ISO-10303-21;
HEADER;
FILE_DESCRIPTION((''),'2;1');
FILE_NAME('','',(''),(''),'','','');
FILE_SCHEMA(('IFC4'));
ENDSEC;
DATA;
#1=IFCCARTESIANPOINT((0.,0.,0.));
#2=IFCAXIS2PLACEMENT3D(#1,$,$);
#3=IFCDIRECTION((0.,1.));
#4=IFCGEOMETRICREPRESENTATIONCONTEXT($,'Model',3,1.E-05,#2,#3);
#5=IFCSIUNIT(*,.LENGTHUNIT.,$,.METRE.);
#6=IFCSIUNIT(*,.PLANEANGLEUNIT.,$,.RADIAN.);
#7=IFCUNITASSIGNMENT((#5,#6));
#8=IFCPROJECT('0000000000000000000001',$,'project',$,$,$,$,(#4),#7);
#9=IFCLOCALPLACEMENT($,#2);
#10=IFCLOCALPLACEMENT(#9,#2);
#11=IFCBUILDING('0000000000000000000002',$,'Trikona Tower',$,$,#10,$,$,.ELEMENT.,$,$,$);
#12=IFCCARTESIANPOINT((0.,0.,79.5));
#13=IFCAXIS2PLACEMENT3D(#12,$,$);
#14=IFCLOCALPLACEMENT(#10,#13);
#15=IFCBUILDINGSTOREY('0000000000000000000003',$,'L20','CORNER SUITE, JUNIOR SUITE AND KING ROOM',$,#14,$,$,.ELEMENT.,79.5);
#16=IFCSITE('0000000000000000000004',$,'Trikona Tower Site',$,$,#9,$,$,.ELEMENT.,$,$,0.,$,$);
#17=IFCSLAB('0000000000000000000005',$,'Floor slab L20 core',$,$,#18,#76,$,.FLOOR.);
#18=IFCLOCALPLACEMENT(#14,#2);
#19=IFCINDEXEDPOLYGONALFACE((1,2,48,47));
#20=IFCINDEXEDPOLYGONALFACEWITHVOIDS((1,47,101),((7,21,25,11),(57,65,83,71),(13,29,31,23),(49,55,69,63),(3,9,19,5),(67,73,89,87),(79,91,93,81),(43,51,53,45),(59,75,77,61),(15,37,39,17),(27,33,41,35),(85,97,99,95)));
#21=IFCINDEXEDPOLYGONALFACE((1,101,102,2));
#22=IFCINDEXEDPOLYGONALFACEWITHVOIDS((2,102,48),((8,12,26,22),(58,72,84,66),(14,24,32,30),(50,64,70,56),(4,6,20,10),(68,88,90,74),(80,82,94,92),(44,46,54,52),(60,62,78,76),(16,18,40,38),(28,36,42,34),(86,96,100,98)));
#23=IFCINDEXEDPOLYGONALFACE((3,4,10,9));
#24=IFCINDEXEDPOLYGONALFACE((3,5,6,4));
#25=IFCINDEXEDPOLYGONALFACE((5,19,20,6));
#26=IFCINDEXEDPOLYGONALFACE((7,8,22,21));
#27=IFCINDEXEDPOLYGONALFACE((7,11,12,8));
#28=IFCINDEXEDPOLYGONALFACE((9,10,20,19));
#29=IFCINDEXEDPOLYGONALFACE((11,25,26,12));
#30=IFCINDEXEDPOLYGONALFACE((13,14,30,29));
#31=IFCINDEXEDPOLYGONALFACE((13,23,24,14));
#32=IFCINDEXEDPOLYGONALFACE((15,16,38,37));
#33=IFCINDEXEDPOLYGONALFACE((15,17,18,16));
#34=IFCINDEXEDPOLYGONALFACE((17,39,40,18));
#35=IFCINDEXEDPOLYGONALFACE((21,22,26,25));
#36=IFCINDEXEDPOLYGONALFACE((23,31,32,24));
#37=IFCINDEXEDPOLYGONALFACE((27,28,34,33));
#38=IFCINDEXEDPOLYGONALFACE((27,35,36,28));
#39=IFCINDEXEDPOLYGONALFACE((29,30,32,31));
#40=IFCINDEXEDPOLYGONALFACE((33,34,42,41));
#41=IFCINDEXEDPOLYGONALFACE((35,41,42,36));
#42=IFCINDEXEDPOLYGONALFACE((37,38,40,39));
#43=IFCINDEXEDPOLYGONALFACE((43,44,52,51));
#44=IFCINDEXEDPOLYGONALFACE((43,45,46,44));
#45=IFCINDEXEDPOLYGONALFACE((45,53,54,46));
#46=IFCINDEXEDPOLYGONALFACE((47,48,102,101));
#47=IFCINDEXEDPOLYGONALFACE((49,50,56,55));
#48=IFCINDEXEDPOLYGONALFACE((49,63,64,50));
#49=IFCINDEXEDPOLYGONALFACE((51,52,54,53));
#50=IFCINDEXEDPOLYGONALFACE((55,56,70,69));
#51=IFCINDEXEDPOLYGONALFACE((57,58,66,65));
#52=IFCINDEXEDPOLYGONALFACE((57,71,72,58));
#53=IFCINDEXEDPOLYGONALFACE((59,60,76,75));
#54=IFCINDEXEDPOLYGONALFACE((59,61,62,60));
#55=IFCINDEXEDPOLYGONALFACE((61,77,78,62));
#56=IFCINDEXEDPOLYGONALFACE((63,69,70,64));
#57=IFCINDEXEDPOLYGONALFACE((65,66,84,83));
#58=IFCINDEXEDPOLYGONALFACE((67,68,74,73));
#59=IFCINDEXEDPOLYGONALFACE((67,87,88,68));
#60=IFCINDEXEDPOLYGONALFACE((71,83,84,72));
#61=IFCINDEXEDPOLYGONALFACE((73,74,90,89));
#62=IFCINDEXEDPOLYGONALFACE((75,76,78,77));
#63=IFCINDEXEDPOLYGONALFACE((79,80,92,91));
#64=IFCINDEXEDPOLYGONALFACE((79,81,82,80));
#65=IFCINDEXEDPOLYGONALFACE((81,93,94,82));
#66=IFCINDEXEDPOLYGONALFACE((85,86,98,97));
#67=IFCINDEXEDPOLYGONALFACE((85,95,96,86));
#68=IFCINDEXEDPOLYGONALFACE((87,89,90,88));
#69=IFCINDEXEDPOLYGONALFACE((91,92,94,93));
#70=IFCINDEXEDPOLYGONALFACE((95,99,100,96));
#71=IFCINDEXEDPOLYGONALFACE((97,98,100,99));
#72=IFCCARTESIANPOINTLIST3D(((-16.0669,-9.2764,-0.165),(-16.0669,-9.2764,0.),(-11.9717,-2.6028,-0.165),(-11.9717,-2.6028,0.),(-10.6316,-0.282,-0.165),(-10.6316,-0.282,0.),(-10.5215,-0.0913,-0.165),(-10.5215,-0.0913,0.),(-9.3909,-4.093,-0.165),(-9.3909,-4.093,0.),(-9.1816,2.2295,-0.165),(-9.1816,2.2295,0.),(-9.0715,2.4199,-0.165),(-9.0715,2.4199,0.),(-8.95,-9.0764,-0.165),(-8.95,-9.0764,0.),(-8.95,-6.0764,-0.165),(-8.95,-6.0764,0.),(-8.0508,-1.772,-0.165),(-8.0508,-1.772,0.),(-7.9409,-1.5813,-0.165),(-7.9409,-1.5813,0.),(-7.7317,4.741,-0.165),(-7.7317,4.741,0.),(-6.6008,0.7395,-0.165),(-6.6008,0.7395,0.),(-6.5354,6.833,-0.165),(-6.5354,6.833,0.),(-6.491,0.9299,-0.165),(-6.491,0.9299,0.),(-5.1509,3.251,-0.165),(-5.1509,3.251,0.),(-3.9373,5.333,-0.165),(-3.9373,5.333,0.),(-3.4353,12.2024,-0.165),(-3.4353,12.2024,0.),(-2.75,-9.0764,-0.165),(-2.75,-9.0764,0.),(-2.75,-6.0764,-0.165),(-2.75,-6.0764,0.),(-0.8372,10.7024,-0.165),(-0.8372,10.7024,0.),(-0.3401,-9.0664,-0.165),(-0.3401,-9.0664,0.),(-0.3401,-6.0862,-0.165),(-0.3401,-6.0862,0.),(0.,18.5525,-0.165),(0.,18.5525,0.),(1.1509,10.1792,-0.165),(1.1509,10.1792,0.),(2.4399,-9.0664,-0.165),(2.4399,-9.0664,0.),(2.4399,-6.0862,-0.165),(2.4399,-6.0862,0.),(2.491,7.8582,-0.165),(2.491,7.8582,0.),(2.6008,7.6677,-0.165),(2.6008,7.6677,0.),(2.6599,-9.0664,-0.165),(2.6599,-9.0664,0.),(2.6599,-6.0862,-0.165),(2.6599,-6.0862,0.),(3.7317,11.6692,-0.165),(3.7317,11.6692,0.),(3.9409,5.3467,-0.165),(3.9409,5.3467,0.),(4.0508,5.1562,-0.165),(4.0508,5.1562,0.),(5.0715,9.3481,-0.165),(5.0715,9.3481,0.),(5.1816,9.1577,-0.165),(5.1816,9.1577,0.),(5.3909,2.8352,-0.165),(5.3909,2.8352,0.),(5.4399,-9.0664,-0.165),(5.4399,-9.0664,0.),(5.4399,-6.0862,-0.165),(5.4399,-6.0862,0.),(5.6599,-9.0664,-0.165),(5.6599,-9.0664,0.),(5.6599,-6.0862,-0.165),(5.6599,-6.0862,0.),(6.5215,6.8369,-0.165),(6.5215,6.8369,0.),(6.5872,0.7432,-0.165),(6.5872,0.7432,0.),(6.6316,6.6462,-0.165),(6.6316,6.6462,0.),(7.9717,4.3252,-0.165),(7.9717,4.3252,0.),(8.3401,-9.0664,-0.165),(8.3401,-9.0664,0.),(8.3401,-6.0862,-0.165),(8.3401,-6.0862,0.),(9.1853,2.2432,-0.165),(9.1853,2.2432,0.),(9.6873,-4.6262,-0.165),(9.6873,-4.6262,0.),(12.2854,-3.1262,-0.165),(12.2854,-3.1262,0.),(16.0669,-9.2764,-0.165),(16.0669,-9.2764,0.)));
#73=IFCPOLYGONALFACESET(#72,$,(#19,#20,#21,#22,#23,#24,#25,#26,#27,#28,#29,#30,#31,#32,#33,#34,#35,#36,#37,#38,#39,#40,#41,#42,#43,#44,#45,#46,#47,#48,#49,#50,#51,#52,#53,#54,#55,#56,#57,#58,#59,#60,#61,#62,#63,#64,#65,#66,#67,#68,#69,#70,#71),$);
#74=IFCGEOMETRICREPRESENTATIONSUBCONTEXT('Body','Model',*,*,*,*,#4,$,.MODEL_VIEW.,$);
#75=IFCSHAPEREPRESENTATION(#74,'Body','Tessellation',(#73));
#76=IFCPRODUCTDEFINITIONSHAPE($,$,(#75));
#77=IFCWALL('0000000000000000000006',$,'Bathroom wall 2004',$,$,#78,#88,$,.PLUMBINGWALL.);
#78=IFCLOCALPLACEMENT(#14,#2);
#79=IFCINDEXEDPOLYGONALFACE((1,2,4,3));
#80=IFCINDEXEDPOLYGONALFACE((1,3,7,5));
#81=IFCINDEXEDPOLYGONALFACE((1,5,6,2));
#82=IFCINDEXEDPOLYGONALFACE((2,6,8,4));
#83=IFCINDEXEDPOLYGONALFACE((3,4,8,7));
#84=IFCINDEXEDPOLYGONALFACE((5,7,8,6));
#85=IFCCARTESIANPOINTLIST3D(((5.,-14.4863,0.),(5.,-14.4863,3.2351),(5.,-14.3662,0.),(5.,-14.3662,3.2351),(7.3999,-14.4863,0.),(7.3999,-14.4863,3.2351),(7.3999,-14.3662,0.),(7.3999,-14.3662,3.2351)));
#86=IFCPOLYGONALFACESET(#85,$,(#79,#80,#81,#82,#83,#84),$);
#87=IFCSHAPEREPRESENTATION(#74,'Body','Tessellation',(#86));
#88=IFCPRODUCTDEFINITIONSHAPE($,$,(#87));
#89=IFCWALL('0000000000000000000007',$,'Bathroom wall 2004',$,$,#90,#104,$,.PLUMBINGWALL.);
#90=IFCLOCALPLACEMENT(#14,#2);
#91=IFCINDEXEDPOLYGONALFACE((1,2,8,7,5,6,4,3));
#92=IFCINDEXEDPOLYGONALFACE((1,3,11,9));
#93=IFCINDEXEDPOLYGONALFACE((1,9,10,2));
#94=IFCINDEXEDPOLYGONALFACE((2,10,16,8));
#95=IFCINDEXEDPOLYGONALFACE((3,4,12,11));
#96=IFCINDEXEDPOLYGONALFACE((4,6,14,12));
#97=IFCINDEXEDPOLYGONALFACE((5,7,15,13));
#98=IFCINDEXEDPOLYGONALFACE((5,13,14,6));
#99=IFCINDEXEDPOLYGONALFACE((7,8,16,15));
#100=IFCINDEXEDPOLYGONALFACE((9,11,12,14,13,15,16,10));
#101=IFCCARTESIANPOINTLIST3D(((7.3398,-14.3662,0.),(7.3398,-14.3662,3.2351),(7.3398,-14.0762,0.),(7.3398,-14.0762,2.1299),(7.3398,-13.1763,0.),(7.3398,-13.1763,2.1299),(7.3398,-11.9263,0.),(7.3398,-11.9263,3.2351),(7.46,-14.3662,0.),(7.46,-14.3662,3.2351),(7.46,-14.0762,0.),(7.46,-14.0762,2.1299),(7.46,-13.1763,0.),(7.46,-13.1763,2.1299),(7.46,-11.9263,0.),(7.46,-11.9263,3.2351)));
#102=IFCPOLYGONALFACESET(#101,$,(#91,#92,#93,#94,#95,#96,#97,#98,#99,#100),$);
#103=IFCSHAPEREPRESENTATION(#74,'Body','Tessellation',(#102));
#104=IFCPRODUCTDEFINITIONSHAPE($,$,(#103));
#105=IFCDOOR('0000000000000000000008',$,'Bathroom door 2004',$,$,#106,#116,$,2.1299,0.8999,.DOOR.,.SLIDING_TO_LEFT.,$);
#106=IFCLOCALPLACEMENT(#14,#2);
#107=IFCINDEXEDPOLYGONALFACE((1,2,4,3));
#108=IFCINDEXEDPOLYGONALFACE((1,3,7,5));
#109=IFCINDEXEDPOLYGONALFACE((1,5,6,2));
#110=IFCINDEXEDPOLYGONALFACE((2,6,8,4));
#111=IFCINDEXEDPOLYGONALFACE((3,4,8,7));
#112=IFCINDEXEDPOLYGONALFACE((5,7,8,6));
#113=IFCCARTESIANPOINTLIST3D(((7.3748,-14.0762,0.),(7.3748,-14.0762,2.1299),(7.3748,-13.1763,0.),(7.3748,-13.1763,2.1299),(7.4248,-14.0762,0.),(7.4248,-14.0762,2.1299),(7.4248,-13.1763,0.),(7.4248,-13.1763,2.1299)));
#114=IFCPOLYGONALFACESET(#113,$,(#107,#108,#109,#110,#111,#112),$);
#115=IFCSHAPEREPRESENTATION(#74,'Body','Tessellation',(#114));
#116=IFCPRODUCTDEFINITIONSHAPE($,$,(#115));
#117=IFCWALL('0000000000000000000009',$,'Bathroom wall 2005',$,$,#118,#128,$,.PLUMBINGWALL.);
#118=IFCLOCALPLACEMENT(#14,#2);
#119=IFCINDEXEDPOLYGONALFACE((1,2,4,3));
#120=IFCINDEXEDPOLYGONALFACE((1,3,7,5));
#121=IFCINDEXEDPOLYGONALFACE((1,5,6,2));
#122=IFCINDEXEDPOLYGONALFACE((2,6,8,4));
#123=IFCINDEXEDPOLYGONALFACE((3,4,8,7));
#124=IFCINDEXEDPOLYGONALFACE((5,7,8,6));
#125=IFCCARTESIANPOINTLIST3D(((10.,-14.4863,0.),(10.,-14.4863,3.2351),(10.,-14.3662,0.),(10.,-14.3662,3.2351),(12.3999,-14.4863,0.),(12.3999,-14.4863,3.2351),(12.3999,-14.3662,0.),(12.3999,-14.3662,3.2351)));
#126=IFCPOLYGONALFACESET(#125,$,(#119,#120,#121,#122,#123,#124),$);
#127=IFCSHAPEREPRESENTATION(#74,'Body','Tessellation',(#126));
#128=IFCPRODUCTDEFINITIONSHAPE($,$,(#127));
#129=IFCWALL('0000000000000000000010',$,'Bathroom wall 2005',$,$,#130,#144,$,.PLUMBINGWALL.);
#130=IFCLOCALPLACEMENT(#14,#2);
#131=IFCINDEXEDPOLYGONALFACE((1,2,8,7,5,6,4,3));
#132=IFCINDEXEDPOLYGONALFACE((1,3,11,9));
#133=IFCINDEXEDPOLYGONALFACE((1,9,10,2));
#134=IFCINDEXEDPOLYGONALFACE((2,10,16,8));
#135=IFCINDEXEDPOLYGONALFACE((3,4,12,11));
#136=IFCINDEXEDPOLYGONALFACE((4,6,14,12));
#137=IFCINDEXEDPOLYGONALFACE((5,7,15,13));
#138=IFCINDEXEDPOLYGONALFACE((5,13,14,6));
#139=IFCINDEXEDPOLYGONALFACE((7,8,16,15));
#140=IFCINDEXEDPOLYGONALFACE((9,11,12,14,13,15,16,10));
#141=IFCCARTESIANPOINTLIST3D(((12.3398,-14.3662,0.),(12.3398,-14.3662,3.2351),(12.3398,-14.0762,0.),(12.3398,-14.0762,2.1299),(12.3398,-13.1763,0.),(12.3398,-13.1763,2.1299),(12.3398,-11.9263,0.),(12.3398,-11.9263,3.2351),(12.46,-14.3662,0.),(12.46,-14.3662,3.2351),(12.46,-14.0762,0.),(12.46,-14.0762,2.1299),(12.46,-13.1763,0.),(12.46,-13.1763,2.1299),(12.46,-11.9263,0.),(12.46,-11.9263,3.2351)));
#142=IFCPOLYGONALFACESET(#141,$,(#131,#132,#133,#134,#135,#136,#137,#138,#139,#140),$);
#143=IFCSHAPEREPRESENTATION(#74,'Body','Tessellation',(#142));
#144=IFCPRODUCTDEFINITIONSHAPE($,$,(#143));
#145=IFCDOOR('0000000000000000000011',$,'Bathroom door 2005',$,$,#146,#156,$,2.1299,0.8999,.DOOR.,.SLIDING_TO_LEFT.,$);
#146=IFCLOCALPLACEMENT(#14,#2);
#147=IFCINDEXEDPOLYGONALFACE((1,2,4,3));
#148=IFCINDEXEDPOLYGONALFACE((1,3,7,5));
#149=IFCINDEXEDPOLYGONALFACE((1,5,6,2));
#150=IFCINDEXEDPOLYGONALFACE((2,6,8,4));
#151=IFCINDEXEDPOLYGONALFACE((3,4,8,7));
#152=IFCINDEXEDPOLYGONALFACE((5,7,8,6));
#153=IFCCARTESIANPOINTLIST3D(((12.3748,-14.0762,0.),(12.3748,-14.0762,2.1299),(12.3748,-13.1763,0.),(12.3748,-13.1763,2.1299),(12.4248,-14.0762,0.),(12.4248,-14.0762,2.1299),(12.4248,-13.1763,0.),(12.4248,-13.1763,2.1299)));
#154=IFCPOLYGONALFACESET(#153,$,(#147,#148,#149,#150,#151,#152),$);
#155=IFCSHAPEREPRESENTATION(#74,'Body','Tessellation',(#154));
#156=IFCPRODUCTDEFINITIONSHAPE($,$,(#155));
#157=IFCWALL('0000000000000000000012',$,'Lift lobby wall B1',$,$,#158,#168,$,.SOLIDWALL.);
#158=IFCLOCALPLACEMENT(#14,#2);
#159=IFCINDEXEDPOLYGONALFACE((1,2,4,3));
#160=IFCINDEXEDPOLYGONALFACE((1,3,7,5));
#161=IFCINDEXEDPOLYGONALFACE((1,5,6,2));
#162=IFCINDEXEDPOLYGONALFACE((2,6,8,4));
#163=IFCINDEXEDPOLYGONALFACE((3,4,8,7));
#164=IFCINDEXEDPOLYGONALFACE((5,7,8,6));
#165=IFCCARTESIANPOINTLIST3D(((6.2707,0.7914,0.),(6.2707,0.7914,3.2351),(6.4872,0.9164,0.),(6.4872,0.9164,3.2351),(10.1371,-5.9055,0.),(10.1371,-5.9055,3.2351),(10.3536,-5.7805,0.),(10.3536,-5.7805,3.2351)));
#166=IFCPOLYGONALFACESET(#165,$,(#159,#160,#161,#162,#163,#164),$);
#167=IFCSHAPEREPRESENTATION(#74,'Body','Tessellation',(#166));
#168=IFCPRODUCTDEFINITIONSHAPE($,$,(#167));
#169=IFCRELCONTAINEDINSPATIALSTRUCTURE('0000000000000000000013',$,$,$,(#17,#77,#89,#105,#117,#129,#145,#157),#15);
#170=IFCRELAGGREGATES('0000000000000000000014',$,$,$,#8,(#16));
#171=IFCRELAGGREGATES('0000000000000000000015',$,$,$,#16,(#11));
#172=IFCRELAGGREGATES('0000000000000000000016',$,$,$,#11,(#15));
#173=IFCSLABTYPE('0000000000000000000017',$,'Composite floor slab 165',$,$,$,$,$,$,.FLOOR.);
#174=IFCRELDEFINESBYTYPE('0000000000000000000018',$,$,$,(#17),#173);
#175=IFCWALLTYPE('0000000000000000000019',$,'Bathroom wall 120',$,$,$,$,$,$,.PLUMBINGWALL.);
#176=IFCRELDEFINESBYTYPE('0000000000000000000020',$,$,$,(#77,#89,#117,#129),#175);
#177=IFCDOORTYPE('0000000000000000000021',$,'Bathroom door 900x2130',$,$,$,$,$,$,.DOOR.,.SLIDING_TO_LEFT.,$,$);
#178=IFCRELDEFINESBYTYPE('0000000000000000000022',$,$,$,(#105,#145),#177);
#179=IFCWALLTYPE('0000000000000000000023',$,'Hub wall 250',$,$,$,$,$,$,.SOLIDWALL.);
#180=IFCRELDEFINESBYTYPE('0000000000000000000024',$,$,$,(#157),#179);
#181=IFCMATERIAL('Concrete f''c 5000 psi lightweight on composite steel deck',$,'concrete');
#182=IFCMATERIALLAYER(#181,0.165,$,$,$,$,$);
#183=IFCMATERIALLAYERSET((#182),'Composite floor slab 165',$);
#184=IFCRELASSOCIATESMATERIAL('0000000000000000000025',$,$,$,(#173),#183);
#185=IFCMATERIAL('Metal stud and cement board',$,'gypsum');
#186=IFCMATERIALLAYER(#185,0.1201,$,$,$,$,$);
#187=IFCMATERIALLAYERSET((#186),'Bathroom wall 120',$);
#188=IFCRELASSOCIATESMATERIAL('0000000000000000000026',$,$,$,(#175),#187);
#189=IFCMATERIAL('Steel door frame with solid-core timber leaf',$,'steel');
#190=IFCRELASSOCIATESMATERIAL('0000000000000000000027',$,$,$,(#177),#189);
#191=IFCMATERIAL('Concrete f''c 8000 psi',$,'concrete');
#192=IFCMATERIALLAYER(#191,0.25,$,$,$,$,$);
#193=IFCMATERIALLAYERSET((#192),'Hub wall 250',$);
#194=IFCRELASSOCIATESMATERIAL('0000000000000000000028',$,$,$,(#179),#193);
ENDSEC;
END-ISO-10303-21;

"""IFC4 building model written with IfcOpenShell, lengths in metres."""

from ifc_helpers import new_model, si_unit, direction, frame, frame_2d, origin, place, context, subcontext, project, spatial, polyline, rectangle, outline, extrude, material, layer, layer_set, type_object, element, fill, save


model = new_model("IFC4")

# Units and contexts
model_context = context("Model", 3, precision=1e-05, world=origin(), true_north=direction((0.0, 1.0)))
body_context = subcontext(model_context, "Body", "Model", "MODEL_VIEW")
ifc_project = project(units=[si_unit("LENGTHUNIT", "METRE"), si_unit("PLANEANGLEUNIT", "RADIAN")], contexts=[model_context])

# Site, building, storey
site_placement = place(None, origin())
site = spatial("IfcSite", under=ifc_project, at=site_placement, Name="Trikona Tower Site", CompositionType="ELEMENT", RefElevation=0.0)
building_placement = place(site_placement, origin())
building = spatial("IfcBuilding", under=site, at=building_placement, Name="Trikona Tower", CompositionType="ELEMENT")
storey_placement = place(building_placement, frame((0.0, 0.0, 79.5)))
storey = spatial("IfcBuildingStorey", under=building, at=storey_placement, Name="L20", Description="CORNER SUITE, JUNIOR SUITE AND KING ROOM", CompositionType="ELEMENT", Elevation=79.5)

# Slab
ifc_material_1 = material(Name="Concrete f'c 5000 psi lightweight on composite steel deck", Category="concrete")
ifc_layer_1 = layer(ifc_material_1, 0.165)
ifc_layer_set_1 = layer_set([ifc_layer_1], Name="Composite floor slab 165")
slab_type = type_object("IfcSlabType", Name="Composite floor slab 165", PredefinedType="FLOOR", material=ifc_layer_set_1)
slab_placement = place(storey_placement, frame((0.0, 0.0, -0.165)))
element("IfcSlab", 1, at=slab_placement, inside=storey, type_object=slab_type, Name="Floor slab L20 core", PredefinedType="FLOOR", context=body_context, shape_type="SweptSolid", body=[
    extrude(outline(polyline([(-16.0669, -9.2764), (16.0669, -9.2764), (0.0, 18.5525), (-16.0669, -9.2764)]), holes=[polyline([(12.2854, -3.1262), (9.1853, 2.2432), (6.5872, 0.7432), (9.6873, -4.6262), (12.2854, -3.1262)]), polyline([(8.3401, -9.0664), (8.3401, -6.0862), (5.6599, -6.0862), (5.6599, -9.0664), (8.3401, -9.0664)]), polyline([(5.3909, 2.8352), (7.9717, 4.3252), (6.6316, 6.6462), (4.0508, 5.1562), (5.3909, 2.8352)]), polyline([(2.6008, 7.6677), (3.9409, 5.3467), (6.5215, 6.8369), (5.1816, 9.1577), (2.6008, 7.6677)]), polyline([(5.4399, -6.0862), (2.6599, -6.0862), (2.6599, -9.0664), (5.4399, -9.0664), (5.4399, -6.0862)]), polyline([(3.7317, 11.6692), (1.1509, 10.1792), (2.491, 7.8582), (5.0715, 9.3481), (3.7317, 11.6692)]), polyline([(-0.3401, -6.0862), (-0.3401, -9.0664), (2.4399, -9.0664), (2.4399, -6.0862), (-0.3401, -6.0862)]), polyline([(-3.4353, 12.2024), (-6.5354, 6.833), (-3.9373, 5.333), (-0.8372, 10.7024), (-3.4353, 12.2024)]), polyline([(-8.95, -9.0764), (-2.75, -9.0764), (-2.75, -6.0764), (-8.95, -6.0764), (-8.95, -9.0764)]), polyline([(-5.1509, 3.251), (-7.7317, 4.741), (-9.0715, 2.4199), (-6.491, 0.9299), (-5.1509, 3.251)]), polyline([(-7.9409, -1.5813), (-6.6008, 0.7395), (-9.1816, 2.2295), (-10.5215, -0.0913), (-7.9409, -1.5813)]), polyline([(-11.9717, -2.6028), (-9.3909, -4.093), (-8.0508, -1.772), (-10.6316, -0.282), (-11.9717, -2.6028)])]), origin(), (0.0, 0.0, 1.0), 0.165),
])

# Wall
ifc_material_2 = material(Name="Metal stud and cement board", Category="gypsum")
ifc_layer_2 = layer(ifc_material_2, 0.1201)
ifc_layer_set_2 = layer_set([ifc_layer_2], Name="Bathroom wall 120")
wall_type_1 = type_object("IfcWallType", Name="Bathroom wall 120", PredefinedType="PLUMBINGWALL", material=ifc_layer_set_2)
wall_1_placement = place(storey_placement, frame((5.0, -14.4263, 0.0), z_axis=(0.0, 0.0, 1.0), x_axis=(1.0, 0.0, 0.0)))
element("IfcWall", 2, at=wall_1_placement, inside=storey, type_object=wall_type_1, Name="Bathroom wall 2004", PredefinedType="PLUMBINGWALL", context=body_context, shape_type="SweptSolid", body=[
    extrude(rectangle(XDim=2.3999, YDim=0.1201, at=frame_2d((1.2, 0.0))), origin(), (0.0, 0.0, 1.0), 3.2351),
])

# Wall, opening, door
wall_2_placement = place(storey_placement, frame((7.3999, -11.9263, 0.0), z_axis=(0.0, 0.0, 1.0), x_axis=(0.0, -1.0, 0.0)))
wall_2 = element("IfcWall", 3, at=wall_2_placement, inside=storey, type_object=wall_type_1, Name="Bathroom wall 2004", PredefinedType="PLUMBINGWALL", context=body_context, shape_type="SweptSolid", body=[
    extrude(rectangle(XDim=2.4399, YDim=0.1201, at=frame_2d((1.22, 0.0))), origin(), (0.0, 0.0, 1.0), 3.2351),
])
opening_1_placement = place(wall_2_placement, frame((1.25, 0.0, 0.0)))
opening_1 = element("IfcOpeningElement", 4, at=opening_1_placement, cuts=wall_2, PredefinedType="OPENING", context=body_context, shape_type="SweptSolid", body=[
    extrude(rectangle(XDim=0.8999, YDim=2.1299, at=frame_2d((0.45, 1.0649))), frame((0.0, 0.0701, 0.0), z_axis=(0.0, -1.0, 0.0), x_axis=(1.0, 0.0, 0.0)), (0.0, 0.0, 1.0), 0.1401),
])
ifc_material_3 = material(Name="Steel door frame with solid-core timber leaf", Category="steel")
door_type = type_object("IfcDoorType", Name="Bathroom door 900x2130", OperationType="SLIDING_TO_LEFT", PredefinedType="DOOR", material=ifc_material_3)
door_1_placement = place(opening_1_placement, origin())
door_1 = element("IfcDoor", 5, at=door_1_placement, inside=storey, type_object=door_type, Name="Bathroom door 2004", OperationType="SLIDING_TO_LEFT", OverallHeight=2.1299, OverallWidth=0.8999, PredefinedType="DOOR", context=body_context, shape_type="SweptSolid", body=[
    extrude(rectangle(XDim=0.8999, YDim=2.1299, at=frame_2d((0.45, 1.0649))), frame((0.0, 0.0249, 0.0), z_axis=(0.0, -1.0, 0.0), x_axis=(1.0, 0.0, 0.0)), (0.0, 0.0, 1.0), 0.05),
])
fill(opening_1, door_1)

# Wall
wall_3_placement = place(storey_placement, frame((10.0, -14.4263, 0.0), z_axis=(0.0, 0.0, 1.0), x_axis=(1.0, 0.0, 0.0)))
element("IfcWall", 6, at=wall_3_placement, inside=storey, type_object=wall_type_1, Name="Bathroom wall 2005", PredefinedType="PLUMBINGWALL", context=body_context, shape_type="SweptSolid", body=[
    extrude(rectangle(XDim=2.3999, YDim=0.1201, at=frame_2d((1.2, 0.0))), origin(), (0.0, 0.0, 1.0), 3.2351),
])

# Wall, opening, door
wall_4_placement = place(storey_placement, frame((12.3999, -11.9263, 0.0), z_axis=(0.0, 0.0, 1.0), x_axis=(0.0, -1.0, 0.0)))
wall_4 = element("IfcWall", 7, at=wall_4_placement, inside=storey, type_object=wall_type_1, Name="Bathroom wall 2005", PredefinedType="PLUMBINGWALL", context=body_context, shape_type="SweptSolid", body=[
    extrude(rectangle(XDim=2.4399, YDim=0.1201, at=frame_2d((1.22, 0.0))), origin(), (0.0, 0.0, 1.0), 3.2351),
])
opening_2_placement = place(wall_4_placement, frame((1.25, 0.0, 0.0)))
opening_2 = element("IfcOpeningElement", 8, at=opening_2_placement, cuts=wall_4, PredefinedType="OPENING", context=body_context, shape_type="SweptSolid", body=[
    extrude(rectangle(XDim=0.8999, YDim=2.1299, at=frame_2d((0.45, 1.0649))), frame((0.0, 0.0701, 0.0), z_axis=(0.0, -1.0, 0.0), x_axis=(1.0, 0.0, 0.0)), (0.0, 0.0, 1.0), 0.1401),
])
door_2_placement = place(opening_2_placement, origin())
door_2 = element("IfcDoor", 9, at=door_2_placement, inside=storey, type_object=door_type, Name="Bathroom door 2005", OperationType="SLIDING_TO_LEFT", OverallHeight=2.1299, OverallWidth=0.8999, PredefinedType="DOOR", context=body_context, shape_type="SweptSolid", body=[
    extrude(rectangle(XDim=0.8999, YDim=2.1299, at=frame_2d((0.45, 1.0649))), frame((0.0, 0.0249, 0.0), z_axis=(0.0, -1.0, 0.0), x_axis=(1.0, 0.0, 0.0)), (0.0, 0.0, 1.0), 0.05),
])
fill(opening_2, door_2)

# Wall
ifc_material_4 = material(Name="Concrete f'c 8000 psi", Category="concrete")
ifc_layer_3 = layer(ifc_material_4, 0.25)
ifc_layer_set_3 = layer_set([ifc_layer_3], Name="Hub wall 250")
wall_type_2 = type_object("IfcWallType", Name="Hub wall 250", PredefinedType="SOLIDWALL", material=ifc_layer_set_3)
wall_5_placement = place(storey_placement, frame((10.2454, -5.843, 0.0), z_axis=(0.0, 0.0, 1.0), x_axis=(-0.499993, 0.866029, 0.0)))
element("IfcWall", 10, at=wall_5_placement, inside=storey, type_object=wall_type_2, Name="Lift lobby wall B1", PredefinedType="SOLIDWALL", context=body_context, shape_type="SweptSolid", body=[
    extrude(rectangle(XDim=7.7329, YDim=0.25, at=frame_2d((3.8665, 0.0))), origin(), (0.0, 0.0, 1.0), 3.2351),
])

save(model, "model.ifc")
